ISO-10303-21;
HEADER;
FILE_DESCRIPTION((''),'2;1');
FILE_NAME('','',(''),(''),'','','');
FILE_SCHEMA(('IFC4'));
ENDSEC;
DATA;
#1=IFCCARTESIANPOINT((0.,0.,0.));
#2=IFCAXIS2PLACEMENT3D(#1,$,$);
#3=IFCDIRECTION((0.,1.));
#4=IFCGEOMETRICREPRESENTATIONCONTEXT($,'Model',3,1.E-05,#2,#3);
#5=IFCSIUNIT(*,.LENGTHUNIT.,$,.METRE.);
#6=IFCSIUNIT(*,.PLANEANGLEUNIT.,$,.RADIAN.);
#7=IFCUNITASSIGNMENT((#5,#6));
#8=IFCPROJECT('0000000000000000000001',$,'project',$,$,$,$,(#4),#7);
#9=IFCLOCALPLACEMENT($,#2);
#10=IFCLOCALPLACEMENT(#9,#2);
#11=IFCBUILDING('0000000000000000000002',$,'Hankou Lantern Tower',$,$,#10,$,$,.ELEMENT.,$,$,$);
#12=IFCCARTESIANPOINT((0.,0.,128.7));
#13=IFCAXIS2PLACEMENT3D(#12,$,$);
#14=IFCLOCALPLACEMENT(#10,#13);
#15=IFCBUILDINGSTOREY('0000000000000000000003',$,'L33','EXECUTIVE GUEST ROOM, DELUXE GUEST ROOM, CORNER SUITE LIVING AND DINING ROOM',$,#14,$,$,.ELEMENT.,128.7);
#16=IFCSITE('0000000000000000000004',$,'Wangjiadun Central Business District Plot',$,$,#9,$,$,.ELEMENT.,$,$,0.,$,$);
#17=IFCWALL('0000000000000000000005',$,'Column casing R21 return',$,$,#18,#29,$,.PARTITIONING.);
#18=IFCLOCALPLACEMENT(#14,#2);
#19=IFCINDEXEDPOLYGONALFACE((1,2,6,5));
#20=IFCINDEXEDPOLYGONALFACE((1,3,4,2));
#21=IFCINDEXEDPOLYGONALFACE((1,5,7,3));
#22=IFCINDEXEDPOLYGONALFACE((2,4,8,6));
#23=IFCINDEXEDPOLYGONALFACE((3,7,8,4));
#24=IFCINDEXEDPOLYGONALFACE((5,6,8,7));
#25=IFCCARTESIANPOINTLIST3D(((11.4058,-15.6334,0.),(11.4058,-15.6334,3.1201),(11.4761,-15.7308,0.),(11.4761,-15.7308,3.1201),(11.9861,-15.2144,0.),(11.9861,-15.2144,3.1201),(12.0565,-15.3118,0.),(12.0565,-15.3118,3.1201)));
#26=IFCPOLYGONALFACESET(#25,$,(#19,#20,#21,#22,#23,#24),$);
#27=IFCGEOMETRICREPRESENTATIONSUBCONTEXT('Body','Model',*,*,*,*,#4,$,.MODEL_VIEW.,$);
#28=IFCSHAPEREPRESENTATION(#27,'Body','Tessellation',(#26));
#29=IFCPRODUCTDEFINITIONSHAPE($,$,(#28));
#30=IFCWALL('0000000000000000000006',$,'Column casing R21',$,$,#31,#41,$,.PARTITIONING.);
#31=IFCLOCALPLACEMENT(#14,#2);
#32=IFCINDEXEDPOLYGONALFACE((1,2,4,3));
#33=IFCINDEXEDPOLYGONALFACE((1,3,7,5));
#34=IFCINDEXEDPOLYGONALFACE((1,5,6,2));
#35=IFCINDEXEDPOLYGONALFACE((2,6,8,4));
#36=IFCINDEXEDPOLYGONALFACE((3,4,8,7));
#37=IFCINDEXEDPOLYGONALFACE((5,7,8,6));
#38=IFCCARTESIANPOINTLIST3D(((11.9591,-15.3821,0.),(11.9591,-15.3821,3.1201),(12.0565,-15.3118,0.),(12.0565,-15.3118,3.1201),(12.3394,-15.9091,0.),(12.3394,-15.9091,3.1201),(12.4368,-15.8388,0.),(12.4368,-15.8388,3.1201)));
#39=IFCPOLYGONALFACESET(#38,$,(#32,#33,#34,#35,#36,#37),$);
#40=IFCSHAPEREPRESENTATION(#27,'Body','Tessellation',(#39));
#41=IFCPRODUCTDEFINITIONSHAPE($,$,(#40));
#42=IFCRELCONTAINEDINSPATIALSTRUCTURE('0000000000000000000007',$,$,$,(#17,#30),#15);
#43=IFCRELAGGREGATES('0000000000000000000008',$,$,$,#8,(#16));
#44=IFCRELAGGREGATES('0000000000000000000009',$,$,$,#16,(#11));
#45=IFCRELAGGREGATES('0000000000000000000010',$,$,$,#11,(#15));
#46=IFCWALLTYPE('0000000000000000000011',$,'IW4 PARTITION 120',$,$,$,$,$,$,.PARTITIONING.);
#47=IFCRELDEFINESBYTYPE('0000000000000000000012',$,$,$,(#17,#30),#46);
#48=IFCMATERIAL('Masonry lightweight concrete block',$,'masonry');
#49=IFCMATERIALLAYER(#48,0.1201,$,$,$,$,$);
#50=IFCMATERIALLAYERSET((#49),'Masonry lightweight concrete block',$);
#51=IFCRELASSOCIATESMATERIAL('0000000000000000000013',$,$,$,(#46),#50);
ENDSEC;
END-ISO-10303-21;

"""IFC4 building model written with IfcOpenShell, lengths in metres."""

from ifc_helpers import new_model, si_unit, direction, frame, frame_2d, origin, place, context, subcontext, project, spatial, rectangle, extrude, material, layer, layer_set, type_object, element, save


model = new_model("IFC4")

# Units and contexts
model_context = context("Model", 3, precision=1e-05, world=origin(), true_north=direction((0.0, 1.0)))
body_context = subcontext(model_context, "Body", "Model", "MODEL_VIEW")
ifc_project = project(units=[si_unit("LENGTHUNIT", "METRE"), si_unit("PLANEANGLEUNIT", "RADIAN")], contexts=[model_context])

# Site, building, storey
site_placement = place(None, origin())
site = spatial("IfcSite", under=ifc_project, at=site_placement, Name="Wangjiadun Central Business District Plot", CompositionType="ELEMENT", RefElevation=0.0)
building_placement = place(site_placement, origin())
building = spatial("IfcBuilding", under=site, at=building_placement, Name="Hankou Lantern Tower", CompositionType="ELEMENT")
storey_placement = place(building_placement, frame((0.0, 0.0, 128.7)))
storey = spatial("IfcBuildingStorey", under=building, at=storey_placement, Name="L33", Description="EXECUTIVE GUEST ROOM, DELUXE GUEST ROOM, CORNER SUITE LIVING AND DINING ROOM", CompositionType="ELEMENT", Elevation=128.7)

# Walls
ifc_material_1 = material(Name="Masonry lightweight concrete block", Category="masonry")
ifc_layer_1 = layer(ifc_material_1, 0.1201)
ifc_layer_set_1 = layer_set([ifc_layer_1], Name="Masonry lightweight concrete block")
wall_type_1 = type_object("IfcWallType", Name="IW4 PARTITION 120", PredefinedType="PARTITIONING", material=ifc_layer_set_1)
wall_1_placement = place(storey_placement, frame((11.4409, -15.6821, 0.0), z_axis=(0.0, 0.0, 1.0), x_axis=(0.810796, 0.585329, 0.0)))
element("IfcWall", 1, at=wall_1_placement, inside=storey, type_object=wall_type_1, Name="Column casing R21 return", PredefinedType="PARTITIONING", context=body_context, shape_type="SweptSolid", body=[
    extrude(rectangle(XDim=0.7158, YDim=0.1201, at=frame_2d((0.3579, 0.0))), origin(), (0.0, 0.0, 1.0), 3.1201),
])
wall_2_placement = place(storey_placement, frame((12.0078, -15.3469, 0.0), z_axis=(0.0, 0.0, 1.0), x_axis=(0.585175, -0.810907, 0.0)))
element("IfcWall", 2, at=wall_2_placement, inside=storey, type_object=wall_type_1, Name="Column casing R21", PredefinedType="PARTITIONING", context=body_context, shape_type="SweptSolid", body=[
    extrude(rectangle(XDim=0.6499, YDim=0.1201, at=frame_2d((0.325, 0.0))), origin(), (0.0, 0.0, 1.0), 3.1201),
])

save(model, "model.ifc")
